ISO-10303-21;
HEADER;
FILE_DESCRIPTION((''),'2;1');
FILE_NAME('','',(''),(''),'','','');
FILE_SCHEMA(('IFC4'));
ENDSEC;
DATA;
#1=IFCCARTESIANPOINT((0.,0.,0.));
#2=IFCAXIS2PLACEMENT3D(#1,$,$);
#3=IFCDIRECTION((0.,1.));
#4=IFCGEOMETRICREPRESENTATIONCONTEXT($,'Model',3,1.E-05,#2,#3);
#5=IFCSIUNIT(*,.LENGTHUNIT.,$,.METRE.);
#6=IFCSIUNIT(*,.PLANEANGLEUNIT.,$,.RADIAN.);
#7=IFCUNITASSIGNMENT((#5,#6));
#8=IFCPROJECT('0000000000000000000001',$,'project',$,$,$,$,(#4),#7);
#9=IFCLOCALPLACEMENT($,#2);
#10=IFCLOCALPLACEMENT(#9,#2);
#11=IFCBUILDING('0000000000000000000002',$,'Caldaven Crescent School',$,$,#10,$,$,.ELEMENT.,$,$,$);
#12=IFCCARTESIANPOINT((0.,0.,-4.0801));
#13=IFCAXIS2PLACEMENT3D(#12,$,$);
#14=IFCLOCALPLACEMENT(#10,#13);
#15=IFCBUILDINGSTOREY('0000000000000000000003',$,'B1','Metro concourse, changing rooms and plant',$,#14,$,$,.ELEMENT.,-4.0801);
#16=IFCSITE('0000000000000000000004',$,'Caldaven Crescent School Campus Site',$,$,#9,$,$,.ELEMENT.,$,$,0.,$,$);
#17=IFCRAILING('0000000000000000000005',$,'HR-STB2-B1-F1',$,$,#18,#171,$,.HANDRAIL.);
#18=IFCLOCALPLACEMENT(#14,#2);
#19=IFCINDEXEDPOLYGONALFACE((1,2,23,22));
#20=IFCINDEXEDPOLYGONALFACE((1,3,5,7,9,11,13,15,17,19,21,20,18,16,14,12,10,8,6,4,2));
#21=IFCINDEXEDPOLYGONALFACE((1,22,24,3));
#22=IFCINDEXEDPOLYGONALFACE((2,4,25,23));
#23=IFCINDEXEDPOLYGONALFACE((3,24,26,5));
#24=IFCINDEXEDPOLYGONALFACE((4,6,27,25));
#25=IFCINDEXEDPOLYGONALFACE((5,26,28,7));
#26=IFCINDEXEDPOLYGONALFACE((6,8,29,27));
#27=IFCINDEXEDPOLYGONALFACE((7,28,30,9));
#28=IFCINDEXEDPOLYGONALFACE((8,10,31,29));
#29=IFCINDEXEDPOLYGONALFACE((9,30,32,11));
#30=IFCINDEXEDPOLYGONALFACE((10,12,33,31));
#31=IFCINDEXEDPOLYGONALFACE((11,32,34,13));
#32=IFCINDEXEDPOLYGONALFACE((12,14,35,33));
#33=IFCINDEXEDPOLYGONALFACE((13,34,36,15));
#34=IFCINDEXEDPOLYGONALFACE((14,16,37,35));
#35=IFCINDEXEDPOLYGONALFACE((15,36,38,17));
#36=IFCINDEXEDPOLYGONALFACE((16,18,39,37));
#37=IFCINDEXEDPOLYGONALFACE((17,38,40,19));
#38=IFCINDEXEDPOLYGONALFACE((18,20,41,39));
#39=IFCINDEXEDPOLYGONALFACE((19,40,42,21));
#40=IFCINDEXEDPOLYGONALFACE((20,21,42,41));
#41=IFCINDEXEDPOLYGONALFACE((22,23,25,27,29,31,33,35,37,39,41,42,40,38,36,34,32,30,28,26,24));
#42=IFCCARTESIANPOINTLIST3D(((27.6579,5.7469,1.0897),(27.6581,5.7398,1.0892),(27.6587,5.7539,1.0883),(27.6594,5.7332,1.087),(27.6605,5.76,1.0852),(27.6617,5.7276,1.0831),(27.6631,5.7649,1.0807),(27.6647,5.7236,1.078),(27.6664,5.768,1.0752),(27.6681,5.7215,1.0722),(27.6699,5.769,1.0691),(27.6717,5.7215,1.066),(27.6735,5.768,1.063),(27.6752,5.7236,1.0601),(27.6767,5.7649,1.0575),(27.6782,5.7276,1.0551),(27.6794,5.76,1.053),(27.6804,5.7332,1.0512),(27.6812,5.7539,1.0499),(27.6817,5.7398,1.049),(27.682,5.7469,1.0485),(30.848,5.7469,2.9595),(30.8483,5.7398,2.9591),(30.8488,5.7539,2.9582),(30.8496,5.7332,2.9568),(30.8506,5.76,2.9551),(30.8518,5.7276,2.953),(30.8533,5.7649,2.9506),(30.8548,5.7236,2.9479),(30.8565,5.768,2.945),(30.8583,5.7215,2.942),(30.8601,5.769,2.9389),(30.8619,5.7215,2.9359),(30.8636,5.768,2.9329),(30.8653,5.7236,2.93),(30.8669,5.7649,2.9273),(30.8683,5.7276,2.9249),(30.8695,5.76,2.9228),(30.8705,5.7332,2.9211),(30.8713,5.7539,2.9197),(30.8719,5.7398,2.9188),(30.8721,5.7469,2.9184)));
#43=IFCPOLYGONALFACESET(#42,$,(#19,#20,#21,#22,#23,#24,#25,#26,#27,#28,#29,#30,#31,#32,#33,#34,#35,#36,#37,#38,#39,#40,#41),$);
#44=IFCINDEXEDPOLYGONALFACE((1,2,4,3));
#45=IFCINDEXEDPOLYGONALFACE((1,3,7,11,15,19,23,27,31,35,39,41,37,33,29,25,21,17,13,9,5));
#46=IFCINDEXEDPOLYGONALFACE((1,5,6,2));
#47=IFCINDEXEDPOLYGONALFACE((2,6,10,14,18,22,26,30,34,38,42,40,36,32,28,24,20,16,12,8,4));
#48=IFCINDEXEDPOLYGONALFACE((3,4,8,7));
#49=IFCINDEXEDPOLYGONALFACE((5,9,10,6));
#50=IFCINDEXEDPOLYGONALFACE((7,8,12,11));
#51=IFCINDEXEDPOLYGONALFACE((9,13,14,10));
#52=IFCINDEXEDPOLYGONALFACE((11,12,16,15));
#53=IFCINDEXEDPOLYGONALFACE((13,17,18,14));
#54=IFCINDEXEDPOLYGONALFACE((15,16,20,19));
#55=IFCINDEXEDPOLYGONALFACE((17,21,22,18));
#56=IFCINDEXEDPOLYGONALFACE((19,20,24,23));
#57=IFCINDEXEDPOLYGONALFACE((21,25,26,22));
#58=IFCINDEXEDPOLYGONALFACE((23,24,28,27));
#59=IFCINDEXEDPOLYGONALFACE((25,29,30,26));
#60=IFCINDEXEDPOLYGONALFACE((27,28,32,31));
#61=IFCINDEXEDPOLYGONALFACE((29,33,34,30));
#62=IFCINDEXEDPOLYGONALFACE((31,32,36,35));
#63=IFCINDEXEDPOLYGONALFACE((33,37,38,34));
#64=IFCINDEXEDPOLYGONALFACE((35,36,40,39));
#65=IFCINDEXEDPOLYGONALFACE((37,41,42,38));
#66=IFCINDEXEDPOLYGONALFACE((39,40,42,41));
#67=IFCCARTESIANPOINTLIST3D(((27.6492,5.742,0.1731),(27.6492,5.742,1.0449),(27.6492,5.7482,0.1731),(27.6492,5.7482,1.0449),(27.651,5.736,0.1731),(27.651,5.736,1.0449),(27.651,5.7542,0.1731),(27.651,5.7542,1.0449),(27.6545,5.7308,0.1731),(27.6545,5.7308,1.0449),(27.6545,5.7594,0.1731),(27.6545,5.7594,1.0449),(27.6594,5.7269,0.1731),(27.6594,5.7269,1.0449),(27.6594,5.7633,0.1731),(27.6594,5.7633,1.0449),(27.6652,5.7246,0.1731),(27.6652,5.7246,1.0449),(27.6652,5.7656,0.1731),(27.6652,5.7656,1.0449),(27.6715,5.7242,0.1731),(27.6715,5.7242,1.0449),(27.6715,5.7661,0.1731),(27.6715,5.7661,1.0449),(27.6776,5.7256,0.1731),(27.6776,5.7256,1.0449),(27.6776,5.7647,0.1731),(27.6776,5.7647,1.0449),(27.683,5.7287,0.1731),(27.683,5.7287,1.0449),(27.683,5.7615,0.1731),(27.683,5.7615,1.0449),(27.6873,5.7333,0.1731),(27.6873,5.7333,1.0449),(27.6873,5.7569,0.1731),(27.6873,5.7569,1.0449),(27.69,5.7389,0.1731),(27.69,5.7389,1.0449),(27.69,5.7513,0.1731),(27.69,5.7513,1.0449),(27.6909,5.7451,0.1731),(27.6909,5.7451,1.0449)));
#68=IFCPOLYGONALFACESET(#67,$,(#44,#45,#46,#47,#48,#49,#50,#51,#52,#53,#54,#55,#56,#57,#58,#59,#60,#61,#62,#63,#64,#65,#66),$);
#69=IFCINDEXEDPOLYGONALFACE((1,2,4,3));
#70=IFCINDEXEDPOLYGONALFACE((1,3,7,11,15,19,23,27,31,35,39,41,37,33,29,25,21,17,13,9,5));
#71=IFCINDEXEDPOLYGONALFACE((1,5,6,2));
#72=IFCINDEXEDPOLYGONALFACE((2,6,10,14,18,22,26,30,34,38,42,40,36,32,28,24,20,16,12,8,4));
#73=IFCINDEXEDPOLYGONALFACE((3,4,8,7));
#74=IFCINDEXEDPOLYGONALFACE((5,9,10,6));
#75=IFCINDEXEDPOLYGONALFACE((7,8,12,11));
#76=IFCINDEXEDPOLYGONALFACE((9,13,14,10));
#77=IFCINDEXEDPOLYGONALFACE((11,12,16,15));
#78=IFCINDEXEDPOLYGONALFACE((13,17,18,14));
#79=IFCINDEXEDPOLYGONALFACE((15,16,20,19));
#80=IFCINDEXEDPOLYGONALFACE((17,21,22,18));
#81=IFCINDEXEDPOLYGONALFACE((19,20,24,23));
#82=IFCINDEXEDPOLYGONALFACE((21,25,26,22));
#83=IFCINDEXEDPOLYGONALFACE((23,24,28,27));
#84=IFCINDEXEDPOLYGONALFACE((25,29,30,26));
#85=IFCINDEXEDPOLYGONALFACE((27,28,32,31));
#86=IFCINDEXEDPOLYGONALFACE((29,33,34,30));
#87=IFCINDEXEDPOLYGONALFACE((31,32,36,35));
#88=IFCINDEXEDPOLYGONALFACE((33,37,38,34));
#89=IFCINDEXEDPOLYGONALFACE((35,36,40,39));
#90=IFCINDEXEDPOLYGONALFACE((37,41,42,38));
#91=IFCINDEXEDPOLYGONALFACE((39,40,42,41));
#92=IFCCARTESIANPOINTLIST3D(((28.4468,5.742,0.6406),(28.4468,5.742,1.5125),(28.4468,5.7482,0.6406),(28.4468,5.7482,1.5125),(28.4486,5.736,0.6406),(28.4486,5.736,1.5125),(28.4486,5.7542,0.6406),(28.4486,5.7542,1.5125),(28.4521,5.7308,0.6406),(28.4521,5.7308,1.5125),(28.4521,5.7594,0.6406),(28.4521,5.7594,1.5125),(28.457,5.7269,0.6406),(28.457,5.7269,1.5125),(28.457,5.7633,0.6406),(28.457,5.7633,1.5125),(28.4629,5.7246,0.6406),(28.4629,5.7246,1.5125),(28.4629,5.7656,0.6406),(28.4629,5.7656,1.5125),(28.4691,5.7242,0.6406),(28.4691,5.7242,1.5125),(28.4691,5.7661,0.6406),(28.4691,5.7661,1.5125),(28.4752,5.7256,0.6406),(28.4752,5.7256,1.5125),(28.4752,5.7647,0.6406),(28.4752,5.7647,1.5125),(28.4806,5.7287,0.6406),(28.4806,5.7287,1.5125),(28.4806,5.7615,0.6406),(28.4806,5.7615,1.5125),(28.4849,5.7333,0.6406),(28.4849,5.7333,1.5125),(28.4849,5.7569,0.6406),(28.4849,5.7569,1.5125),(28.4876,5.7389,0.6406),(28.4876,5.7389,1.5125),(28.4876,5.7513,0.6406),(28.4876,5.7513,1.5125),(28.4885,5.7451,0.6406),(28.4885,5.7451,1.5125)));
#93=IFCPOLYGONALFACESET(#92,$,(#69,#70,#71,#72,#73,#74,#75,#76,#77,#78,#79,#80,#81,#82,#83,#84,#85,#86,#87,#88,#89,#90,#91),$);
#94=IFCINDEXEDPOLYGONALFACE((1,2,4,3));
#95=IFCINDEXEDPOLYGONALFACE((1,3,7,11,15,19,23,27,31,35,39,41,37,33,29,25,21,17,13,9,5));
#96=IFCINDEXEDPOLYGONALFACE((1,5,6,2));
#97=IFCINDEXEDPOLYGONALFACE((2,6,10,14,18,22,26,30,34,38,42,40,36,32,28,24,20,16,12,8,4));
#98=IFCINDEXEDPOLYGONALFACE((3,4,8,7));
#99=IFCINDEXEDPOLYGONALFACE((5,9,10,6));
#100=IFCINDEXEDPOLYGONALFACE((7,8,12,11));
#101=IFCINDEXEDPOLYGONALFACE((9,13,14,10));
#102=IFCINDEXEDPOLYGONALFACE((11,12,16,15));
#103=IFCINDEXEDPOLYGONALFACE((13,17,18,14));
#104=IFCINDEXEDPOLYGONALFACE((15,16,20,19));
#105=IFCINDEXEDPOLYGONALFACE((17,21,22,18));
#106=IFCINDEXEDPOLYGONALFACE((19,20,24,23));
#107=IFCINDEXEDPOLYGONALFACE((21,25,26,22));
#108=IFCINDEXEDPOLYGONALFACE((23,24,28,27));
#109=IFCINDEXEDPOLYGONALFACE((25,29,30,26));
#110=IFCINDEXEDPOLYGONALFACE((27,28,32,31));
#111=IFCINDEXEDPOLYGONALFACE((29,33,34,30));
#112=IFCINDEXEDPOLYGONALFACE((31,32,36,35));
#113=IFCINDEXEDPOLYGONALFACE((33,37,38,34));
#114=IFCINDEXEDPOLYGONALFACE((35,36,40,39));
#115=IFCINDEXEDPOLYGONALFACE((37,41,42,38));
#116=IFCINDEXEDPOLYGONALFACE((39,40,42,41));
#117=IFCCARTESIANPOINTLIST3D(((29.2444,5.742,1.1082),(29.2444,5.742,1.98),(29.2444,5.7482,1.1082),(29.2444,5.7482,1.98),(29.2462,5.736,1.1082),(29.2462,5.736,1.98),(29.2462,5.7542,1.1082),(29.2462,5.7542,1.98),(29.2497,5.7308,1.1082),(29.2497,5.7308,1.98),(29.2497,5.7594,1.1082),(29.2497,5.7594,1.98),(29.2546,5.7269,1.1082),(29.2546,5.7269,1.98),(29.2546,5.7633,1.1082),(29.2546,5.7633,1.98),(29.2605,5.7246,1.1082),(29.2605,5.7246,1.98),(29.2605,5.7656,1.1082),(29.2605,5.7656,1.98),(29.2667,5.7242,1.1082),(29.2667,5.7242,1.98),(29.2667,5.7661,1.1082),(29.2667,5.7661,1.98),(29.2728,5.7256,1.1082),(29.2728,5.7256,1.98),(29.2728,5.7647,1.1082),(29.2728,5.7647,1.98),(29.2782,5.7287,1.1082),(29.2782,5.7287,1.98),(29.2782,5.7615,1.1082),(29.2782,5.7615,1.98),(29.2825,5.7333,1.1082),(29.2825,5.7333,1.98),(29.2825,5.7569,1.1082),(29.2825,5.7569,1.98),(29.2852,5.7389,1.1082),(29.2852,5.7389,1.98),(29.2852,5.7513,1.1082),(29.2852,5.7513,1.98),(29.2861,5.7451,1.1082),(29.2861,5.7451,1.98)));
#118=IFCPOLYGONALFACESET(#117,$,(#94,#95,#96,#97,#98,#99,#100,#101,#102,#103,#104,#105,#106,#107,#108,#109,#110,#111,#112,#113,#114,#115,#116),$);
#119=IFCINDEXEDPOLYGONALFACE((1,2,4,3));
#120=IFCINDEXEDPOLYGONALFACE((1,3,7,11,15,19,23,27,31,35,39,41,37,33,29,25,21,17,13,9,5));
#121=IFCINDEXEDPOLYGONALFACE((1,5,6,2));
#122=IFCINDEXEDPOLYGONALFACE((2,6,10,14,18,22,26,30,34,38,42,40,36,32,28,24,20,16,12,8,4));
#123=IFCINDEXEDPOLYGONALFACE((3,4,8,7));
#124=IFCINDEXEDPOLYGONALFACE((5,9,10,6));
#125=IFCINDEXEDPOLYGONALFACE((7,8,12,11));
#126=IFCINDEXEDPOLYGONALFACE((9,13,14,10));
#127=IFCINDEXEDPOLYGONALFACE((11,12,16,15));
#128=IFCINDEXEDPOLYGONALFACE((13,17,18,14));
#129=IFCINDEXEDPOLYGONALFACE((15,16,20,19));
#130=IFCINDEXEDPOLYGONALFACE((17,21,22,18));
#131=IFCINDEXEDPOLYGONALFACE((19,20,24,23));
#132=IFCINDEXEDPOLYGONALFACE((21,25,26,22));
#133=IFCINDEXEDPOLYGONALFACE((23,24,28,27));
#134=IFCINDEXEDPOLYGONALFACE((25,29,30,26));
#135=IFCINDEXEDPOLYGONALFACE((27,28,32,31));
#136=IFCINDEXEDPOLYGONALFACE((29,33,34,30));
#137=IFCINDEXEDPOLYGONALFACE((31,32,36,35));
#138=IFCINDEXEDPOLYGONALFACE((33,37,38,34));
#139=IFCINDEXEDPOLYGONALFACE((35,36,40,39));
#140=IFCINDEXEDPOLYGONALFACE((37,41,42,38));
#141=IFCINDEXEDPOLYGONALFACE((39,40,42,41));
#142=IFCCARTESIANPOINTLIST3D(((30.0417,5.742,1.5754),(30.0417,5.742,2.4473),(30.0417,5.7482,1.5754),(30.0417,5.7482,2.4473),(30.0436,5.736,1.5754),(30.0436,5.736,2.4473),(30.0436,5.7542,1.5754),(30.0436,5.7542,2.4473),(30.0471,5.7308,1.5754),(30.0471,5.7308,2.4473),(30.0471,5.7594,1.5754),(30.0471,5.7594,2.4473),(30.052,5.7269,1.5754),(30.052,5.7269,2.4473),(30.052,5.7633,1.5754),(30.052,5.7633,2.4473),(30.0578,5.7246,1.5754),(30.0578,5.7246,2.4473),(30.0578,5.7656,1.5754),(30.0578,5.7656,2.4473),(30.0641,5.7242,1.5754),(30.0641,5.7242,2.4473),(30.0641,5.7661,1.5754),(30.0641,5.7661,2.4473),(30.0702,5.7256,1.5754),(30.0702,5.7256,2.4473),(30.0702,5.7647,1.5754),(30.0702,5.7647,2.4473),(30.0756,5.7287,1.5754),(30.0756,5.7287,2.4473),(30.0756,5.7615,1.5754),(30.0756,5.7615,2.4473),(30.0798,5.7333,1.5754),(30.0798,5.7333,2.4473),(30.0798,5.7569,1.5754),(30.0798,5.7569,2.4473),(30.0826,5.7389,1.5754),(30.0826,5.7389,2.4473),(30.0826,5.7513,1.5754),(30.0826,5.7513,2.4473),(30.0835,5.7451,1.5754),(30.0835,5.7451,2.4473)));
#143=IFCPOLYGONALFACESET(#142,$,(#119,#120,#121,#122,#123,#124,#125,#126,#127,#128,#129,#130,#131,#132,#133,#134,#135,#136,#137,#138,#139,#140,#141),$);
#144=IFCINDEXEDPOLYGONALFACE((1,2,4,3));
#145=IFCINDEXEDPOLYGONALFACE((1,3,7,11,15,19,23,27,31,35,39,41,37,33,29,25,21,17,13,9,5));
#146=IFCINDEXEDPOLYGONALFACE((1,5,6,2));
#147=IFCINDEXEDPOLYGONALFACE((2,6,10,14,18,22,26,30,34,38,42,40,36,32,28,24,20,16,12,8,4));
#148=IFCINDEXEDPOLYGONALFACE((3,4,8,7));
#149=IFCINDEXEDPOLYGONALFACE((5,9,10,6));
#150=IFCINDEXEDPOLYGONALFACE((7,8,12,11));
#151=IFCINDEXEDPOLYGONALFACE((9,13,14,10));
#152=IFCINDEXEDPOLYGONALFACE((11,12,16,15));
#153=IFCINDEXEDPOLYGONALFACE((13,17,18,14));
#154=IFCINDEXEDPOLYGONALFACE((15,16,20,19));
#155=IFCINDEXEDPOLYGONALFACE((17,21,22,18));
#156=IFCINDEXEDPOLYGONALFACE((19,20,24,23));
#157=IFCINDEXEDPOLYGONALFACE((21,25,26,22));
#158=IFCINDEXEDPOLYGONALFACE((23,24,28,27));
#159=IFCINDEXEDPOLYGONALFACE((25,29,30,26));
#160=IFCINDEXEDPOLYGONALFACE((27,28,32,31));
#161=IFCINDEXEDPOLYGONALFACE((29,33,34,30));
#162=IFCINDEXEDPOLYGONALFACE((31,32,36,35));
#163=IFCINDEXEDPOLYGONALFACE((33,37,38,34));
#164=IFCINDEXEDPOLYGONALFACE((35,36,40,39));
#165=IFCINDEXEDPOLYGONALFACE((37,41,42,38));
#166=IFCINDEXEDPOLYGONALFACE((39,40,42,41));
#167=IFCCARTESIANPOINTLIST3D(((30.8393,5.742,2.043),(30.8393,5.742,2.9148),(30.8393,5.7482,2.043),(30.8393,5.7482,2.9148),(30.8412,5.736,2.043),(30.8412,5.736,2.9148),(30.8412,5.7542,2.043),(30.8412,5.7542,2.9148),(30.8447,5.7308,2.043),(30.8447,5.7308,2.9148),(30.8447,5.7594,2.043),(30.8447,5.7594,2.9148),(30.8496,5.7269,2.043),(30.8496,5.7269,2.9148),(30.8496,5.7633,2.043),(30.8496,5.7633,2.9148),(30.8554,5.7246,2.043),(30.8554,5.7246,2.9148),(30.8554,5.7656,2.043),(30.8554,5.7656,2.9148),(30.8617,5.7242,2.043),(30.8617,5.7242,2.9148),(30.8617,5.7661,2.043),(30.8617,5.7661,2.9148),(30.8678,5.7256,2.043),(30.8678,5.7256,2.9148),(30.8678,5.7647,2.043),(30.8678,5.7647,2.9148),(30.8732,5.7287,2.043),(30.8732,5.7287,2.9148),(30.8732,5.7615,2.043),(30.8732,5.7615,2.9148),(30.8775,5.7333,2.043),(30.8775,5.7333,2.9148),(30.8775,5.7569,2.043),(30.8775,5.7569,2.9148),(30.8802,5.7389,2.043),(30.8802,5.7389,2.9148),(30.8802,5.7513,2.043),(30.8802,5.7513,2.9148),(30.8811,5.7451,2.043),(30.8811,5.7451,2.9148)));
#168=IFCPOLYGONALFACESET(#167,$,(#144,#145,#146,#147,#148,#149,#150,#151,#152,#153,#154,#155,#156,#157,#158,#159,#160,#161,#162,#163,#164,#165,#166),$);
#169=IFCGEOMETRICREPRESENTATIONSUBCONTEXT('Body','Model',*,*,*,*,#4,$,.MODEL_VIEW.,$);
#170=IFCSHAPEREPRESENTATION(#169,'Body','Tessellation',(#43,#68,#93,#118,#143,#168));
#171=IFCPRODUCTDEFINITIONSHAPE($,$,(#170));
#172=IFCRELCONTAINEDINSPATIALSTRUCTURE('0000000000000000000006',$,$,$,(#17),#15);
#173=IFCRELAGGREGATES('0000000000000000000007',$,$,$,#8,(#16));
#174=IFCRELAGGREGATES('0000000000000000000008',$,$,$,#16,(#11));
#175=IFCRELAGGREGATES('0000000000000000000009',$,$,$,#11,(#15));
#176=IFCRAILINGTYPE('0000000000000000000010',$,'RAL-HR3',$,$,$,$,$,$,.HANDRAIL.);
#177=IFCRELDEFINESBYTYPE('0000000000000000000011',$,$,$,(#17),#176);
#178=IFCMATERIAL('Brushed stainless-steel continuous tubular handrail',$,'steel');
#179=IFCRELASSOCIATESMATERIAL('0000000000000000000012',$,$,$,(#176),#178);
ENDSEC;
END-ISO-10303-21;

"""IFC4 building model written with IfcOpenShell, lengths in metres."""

from ifc_helpers import new_model, si_unit, direction, frame, origin, origin_2d, place, context, subcontext, project, spatial, circle, extrude, material, type_object, element, save


model = new_model("IFC4")

# Units and contexts
model_context = context("Model", 3, precision=1e-05, world=origin(), true_north=direction((0.0, 1.0)))
body_context = subcontext(model_context, "Body", "Model", "MODEL_VIEW")
ifc_project = project(units=[si_unit("LENGTHUNIT", "METRE"), si_unit("PLANEANGLEUNIT", "RADIAN")], contexts=[model_context])

# Site, building, storey
site_placement = place(None, origin())
site = spatial("IfcSite", under=ifc_project, at=site_placement, Name="Caldaven Crescent School Campus Site", CompositionType="ELEMENT", RefElevation=0.0)
building_placement = place(site_placement, origin())
building = spatial("IfcBuilding", under=site, at=building_placement, Name="Caldaven Crescent School", CompositionType="ELEMENT")
storey_placement = place(building_placement, frame((0.0, 0.0, -4.0801)))
storey = spatial("IfcBuildingStorey", under=building, at=storey_placement, Name="B1", Description="Metro concourse, changing rooms and plant", CompositionType="ELEMENT", Elevation=-4.0801)

# Railing
ifc_material_1 = material(Name="Brushed stainless-steel continuous tubular handrail", Category="steel")
railing_type_1 = type_object("IfcRailingType", Name="RAL-HR3", PredefinedType="HANDRAIL", material=ifc_material_1)
railing_1_placement = place(storey_placement, frame((27.6699, 5.7451, 0.1731)))
element("IfcRailing", 1, at=railing_1_placement, inside=storey, type_object=railing_type_1, Name="HR-STB2-B1-F1", PredefinedType="HANDRAIL", context=body_context, shape_type="SweptSolid", body=[
    extrude(circle(Radius=0.0239, at=origin_2d()), frame((0.0, 0.0, 0.896), z_axis=(0.862726, 0.0, 0.505672), x_axis=(0.0, 1.0, 0.0)), (0.0, 0.0, 1.0), 3.6978),
    extrude(circle(Radius=0.021, at=origin_2d()), origin(), (0.0, 0.0, 1.0), 0.8718),
    extrude(circle(Radius=0.021, at=origin_2d()), frame((0.7976, 0.0, 0.4675)), (0.0, 0.0, 1.0), 0.8718),
    extrude(circle(Radius=0.021, at=origin_2d()), frame((1.5952, 0.0, 0.9351)), (0.0, 0.0, 1.0), 0.8718),
    extrude(circle(Radius=0.021, at=origin_2d()), frame((2.3926, 0.0, 1.4023)), (0.0, 0.0, 1.0), 0.8718),
    extrude(circle(Radius=0.021, at=origin_2d()), frame((3.1902, 0.0, 1.8699)), (0.0, 0.0, 1.0), 0.8718),
])

save(model, "model.ifc")
